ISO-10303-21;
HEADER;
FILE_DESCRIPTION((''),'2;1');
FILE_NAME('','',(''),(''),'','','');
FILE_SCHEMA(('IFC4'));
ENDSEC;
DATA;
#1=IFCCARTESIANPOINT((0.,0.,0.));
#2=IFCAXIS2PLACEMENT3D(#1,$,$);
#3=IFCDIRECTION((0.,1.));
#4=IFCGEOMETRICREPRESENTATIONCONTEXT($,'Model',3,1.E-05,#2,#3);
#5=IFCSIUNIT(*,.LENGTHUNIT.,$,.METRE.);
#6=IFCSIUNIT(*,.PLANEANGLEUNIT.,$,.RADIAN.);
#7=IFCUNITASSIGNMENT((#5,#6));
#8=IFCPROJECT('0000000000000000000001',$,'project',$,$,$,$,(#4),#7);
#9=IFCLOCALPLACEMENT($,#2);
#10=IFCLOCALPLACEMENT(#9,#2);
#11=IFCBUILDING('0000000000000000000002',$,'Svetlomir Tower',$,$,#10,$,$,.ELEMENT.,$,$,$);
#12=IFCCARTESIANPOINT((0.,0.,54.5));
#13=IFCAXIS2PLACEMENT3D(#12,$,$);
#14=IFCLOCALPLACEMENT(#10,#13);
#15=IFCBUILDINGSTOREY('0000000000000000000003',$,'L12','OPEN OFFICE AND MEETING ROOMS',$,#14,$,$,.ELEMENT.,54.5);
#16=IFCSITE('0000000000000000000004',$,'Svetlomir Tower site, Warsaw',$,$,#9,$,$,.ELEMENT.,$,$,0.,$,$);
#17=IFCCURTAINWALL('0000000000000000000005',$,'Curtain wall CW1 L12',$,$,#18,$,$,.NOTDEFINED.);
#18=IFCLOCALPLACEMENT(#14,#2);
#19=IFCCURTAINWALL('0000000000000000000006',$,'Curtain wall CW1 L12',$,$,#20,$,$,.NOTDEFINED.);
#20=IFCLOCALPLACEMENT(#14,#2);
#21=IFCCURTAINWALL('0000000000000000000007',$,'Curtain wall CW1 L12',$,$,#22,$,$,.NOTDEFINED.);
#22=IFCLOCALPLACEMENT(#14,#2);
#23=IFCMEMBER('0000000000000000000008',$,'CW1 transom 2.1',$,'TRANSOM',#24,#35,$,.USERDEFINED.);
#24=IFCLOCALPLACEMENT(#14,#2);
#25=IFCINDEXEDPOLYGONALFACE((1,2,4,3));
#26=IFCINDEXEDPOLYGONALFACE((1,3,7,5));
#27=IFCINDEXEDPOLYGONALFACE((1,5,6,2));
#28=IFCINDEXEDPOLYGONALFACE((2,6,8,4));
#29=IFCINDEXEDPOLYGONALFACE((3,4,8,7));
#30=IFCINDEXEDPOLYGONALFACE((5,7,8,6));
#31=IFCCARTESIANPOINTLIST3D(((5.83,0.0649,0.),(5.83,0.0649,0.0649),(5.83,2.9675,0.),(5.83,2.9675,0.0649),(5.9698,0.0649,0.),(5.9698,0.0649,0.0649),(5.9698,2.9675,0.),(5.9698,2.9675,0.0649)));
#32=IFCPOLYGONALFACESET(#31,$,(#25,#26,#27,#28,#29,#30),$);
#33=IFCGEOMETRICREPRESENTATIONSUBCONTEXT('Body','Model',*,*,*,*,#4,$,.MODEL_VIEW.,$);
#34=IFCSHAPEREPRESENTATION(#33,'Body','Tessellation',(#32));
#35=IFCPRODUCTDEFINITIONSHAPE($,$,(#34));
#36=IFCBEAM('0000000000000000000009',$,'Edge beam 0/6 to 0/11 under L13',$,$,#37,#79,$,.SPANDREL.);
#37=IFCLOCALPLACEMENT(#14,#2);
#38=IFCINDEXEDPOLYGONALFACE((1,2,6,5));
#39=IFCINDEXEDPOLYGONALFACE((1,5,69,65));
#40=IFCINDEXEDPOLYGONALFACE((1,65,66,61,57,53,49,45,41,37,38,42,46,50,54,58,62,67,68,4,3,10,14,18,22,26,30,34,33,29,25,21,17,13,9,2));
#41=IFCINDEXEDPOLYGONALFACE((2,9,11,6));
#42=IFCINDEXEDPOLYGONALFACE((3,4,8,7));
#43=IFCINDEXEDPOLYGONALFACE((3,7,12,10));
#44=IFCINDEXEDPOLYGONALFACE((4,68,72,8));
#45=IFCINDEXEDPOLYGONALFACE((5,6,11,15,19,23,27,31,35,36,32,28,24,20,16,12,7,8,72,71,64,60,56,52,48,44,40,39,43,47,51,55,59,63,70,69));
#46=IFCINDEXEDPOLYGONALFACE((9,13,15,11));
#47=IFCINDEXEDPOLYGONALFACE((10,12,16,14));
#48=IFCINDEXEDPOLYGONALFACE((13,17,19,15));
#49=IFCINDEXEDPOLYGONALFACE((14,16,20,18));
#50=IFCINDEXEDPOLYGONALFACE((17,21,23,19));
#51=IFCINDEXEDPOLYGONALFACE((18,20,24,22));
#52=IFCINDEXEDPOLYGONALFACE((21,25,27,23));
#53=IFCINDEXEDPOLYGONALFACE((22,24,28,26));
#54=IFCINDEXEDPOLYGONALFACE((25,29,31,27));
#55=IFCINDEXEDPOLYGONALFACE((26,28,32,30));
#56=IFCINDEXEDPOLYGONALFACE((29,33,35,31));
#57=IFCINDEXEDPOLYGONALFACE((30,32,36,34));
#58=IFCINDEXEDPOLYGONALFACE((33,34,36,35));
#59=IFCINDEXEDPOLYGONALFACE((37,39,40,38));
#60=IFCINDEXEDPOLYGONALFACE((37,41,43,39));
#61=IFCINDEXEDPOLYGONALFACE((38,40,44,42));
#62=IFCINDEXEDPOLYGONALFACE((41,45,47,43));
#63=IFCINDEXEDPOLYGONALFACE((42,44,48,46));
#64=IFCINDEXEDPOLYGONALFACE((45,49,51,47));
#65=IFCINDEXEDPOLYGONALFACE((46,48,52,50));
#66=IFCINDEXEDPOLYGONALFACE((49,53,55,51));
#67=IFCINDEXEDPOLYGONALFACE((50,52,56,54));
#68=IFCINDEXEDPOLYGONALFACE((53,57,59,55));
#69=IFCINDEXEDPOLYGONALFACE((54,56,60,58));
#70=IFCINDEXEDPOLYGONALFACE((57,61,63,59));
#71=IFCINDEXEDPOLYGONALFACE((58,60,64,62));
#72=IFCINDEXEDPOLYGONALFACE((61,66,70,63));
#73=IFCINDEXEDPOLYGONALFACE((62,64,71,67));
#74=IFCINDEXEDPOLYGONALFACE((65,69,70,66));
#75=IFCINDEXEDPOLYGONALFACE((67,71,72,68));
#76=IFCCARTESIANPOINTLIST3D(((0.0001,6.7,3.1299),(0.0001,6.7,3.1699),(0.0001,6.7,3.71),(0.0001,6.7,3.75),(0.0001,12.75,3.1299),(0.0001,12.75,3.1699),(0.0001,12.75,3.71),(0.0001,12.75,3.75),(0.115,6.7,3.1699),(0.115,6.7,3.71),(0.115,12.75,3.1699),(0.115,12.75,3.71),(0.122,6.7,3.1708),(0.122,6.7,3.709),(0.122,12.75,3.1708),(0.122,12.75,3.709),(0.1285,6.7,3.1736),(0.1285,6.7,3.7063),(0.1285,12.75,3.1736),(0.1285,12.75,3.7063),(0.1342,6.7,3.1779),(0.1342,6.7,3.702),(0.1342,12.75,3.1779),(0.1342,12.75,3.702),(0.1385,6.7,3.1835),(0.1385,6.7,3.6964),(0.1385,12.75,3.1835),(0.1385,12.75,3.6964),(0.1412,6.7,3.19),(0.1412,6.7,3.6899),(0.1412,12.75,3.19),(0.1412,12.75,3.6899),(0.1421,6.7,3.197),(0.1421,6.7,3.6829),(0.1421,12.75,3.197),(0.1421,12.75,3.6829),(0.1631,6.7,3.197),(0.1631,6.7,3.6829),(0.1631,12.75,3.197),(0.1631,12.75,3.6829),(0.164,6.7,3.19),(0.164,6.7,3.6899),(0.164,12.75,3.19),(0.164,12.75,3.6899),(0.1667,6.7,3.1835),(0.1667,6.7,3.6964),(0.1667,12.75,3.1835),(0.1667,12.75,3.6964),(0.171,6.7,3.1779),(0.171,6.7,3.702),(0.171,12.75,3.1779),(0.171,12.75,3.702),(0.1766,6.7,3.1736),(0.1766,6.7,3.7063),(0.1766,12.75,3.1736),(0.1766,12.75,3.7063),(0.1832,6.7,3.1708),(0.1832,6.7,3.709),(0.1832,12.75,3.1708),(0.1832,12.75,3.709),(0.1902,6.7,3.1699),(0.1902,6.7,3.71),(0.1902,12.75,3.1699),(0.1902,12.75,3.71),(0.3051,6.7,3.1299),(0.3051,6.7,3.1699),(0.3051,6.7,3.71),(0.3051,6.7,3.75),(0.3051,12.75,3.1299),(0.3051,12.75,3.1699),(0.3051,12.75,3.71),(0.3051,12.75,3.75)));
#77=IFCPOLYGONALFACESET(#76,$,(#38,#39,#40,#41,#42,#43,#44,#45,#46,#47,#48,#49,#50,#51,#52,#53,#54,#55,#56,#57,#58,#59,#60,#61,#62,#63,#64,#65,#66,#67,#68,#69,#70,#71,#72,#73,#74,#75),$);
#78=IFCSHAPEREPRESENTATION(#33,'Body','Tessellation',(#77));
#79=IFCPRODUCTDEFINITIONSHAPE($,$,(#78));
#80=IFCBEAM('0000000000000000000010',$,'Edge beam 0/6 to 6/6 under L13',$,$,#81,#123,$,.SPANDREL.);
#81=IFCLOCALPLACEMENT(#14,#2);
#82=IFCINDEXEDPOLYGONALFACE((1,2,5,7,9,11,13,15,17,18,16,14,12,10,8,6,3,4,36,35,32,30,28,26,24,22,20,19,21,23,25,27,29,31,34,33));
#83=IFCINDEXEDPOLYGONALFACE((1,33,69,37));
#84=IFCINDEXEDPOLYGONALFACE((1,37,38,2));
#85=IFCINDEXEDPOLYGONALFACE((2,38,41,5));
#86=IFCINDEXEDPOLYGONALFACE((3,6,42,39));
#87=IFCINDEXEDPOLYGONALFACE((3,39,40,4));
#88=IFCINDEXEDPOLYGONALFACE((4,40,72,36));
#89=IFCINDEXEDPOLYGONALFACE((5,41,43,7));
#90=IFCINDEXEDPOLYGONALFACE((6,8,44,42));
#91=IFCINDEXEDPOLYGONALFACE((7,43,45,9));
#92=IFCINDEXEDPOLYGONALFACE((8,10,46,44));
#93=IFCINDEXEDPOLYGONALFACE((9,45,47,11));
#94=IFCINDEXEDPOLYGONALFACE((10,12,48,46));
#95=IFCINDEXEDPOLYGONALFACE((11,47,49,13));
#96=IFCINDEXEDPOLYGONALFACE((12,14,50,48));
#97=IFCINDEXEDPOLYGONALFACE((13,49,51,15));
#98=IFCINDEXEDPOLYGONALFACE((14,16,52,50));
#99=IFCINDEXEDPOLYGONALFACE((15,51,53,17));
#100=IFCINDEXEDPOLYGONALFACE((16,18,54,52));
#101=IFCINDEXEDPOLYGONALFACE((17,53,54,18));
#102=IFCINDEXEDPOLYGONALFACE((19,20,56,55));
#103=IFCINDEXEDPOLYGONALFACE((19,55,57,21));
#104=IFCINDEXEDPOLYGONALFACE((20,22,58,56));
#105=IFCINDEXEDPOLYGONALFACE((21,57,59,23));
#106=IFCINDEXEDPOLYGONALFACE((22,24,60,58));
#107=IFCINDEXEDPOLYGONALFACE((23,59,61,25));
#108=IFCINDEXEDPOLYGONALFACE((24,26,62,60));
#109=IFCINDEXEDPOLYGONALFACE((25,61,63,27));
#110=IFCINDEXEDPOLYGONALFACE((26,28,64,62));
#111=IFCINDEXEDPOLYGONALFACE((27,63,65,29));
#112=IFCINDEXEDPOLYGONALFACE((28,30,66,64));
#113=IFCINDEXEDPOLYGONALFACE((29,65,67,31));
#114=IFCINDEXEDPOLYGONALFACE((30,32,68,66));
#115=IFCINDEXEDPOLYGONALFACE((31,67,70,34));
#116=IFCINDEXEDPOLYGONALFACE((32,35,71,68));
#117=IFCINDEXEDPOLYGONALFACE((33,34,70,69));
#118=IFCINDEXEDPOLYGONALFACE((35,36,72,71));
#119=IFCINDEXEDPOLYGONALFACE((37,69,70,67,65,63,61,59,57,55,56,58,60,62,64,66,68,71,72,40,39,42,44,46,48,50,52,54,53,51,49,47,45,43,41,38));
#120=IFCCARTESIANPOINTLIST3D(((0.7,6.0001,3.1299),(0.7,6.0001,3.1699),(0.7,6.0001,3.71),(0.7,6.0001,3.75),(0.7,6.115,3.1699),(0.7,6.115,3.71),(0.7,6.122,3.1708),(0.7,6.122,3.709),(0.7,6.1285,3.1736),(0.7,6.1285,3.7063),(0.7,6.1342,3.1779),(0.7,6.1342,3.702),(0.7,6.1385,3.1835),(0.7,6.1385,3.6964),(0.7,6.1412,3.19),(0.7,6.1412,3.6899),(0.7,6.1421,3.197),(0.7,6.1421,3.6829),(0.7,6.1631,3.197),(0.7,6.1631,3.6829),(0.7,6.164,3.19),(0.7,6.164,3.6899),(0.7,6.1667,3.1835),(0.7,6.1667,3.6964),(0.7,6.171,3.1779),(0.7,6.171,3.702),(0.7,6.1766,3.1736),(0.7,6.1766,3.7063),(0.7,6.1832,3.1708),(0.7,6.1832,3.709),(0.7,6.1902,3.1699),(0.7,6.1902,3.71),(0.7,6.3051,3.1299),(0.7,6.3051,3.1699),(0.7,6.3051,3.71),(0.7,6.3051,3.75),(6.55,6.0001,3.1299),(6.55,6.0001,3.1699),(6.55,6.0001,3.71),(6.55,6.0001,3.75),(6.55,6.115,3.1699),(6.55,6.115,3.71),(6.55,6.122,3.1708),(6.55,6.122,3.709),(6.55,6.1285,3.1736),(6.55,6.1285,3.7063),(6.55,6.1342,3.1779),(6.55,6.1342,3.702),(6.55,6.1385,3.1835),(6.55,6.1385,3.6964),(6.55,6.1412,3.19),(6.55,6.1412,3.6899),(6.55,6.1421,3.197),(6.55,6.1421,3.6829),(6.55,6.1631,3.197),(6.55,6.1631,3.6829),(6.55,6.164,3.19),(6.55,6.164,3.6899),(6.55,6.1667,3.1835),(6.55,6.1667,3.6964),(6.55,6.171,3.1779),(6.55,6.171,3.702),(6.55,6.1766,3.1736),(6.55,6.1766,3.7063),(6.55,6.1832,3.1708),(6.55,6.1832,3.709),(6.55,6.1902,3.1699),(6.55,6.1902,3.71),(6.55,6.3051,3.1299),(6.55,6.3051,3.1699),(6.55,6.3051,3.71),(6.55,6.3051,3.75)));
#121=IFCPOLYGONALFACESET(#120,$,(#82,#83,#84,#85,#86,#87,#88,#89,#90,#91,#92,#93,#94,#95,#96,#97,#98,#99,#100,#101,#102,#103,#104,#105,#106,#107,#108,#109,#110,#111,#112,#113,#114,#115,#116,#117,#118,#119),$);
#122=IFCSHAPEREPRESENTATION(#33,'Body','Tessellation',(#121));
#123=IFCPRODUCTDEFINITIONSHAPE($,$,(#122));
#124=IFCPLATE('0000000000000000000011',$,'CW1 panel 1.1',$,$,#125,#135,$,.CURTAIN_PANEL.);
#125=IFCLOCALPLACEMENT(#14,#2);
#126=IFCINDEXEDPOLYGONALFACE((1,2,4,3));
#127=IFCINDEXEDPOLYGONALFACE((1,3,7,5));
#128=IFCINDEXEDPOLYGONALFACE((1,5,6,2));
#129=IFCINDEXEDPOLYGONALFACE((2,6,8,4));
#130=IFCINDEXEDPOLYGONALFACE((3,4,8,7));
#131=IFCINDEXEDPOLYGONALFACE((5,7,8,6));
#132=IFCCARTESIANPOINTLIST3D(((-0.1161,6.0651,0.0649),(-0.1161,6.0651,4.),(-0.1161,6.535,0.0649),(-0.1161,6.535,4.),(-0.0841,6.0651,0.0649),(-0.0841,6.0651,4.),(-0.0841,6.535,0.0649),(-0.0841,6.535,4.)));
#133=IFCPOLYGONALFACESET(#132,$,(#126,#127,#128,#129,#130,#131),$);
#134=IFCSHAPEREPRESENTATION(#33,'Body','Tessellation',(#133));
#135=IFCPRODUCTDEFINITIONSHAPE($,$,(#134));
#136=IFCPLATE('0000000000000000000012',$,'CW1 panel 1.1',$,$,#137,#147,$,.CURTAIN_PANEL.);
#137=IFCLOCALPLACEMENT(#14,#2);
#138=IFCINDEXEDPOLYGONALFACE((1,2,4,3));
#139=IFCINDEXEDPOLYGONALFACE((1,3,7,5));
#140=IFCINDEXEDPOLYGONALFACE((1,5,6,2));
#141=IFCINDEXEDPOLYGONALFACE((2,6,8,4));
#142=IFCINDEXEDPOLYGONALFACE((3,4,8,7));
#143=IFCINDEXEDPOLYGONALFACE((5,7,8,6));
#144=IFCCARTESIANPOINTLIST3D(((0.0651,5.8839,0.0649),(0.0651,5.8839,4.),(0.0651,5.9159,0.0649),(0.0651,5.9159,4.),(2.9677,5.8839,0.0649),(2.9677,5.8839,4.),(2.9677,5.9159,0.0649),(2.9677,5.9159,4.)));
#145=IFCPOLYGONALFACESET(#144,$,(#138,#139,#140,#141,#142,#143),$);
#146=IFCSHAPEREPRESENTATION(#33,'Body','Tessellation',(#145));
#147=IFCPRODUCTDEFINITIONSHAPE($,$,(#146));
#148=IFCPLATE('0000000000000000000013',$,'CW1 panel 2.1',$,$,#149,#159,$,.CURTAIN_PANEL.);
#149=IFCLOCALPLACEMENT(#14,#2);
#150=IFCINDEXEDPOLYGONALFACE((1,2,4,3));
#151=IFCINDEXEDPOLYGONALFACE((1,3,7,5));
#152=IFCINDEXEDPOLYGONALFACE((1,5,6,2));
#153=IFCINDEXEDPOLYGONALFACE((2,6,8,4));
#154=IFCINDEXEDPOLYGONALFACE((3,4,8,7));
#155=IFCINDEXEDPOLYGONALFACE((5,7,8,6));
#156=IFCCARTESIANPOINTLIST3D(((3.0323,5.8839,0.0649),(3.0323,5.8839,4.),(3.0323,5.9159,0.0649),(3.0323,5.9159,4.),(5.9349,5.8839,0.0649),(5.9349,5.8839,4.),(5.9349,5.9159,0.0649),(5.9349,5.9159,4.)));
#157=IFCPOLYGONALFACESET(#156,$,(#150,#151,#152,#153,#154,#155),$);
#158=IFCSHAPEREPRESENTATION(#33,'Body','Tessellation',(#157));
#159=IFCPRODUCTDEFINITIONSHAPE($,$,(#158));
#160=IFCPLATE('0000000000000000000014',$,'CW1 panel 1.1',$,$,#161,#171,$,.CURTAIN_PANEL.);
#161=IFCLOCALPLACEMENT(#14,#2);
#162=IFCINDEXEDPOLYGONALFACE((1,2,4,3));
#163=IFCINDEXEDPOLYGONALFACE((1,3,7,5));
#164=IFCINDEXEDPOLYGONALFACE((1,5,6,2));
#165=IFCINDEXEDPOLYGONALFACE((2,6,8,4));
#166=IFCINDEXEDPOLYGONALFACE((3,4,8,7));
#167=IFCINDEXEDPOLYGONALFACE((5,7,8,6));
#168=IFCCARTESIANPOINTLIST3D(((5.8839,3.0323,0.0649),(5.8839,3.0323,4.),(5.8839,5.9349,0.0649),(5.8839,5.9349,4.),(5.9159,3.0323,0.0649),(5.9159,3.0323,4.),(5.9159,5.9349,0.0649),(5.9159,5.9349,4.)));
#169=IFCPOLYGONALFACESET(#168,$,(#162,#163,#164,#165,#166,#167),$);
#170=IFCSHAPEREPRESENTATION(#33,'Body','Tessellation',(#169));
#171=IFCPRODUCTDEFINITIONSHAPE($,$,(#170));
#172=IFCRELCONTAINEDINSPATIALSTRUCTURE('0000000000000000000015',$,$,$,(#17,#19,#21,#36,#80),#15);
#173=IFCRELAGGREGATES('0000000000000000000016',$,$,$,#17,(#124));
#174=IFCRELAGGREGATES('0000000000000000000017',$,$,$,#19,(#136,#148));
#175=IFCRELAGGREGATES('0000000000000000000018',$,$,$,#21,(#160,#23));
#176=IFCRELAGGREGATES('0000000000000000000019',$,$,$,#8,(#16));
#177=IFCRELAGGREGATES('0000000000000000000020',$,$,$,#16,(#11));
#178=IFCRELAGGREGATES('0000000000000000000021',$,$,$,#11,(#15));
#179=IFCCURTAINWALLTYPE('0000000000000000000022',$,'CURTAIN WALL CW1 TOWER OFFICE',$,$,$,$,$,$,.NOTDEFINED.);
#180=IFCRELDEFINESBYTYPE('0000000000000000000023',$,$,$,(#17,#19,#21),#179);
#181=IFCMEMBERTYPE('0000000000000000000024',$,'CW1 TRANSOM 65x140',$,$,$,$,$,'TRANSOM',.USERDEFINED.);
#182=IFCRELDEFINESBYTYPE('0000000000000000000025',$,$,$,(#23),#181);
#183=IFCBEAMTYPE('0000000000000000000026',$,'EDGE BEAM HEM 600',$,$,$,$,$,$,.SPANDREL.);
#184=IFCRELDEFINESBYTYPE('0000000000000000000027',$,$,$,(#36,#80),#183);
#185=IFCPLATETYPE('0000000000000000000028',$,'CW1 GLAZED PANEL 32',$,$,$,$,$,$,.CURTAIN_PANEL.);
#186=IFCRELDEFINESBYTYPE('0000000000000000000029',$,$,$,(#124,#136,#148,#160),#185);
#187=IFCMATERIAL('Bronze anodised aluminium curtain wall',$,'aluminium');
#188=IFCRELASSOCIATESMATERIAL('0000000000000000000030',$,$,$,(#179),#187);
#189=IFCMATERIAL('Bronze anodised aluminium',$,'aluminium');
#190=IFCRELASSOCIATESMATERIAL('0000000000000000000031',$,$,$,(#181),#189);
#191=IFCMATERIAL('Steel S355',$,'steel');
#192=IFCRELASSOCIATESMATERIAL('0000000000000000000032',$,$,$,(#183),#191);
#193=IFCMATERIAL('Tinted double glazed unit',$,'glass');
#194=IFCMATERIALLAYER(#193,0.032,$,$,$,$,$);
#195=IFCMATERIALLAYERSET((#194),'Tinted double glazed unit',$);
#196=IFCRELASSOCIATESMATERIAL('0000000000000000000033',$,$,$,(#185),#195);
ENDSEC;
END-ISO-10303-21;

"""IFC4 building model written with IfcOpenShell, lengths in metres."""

from ifc_helpers import new_model, si_unit, direction, frame, origin, origin_2d, place, context, subcontext, project, spatial, rectangle, i_section, extrude, material, layer, layer_set, material_profile, profile_set, type_object, element, aggregate, save


model = new_model("IFC4")

# Units and contexts
model_context = context("Model", 3, precision=1e-05, world=origin(), true_north=direction((0.0, 1.0)))
body_context = subcontext(model_context, "Body", "Model", "MODEL_VIEW")
ifc_project = project(units=[si_unit("LENGTHUNIT", "METRE"), si_unit("PLANEANGLEUNIT", "RADIAN")], contexts=[model_context])

# Site, building, storey
site_placement = place(None, origin())
site = spatial("IfcSite", under=ifc_project, at=site_placement, Name="Svetlomir Tower site, Warsaw", CompositionType="ELEMENT", RefElevation=0.0)
building_placement = place(site_placement, origin())
building = spatial("IfcBuilding", under=site, at=building_placement, Name="Svetlomir Tower", CompositionType="ELEMENT")
storey_placement = place(building_placement, frame((0.0, 0.0, 54.5)))
storey = spatial("IfcBuildingStorey", under=building, at=storey_placement, Name="L12", Description="OPEN OFFICE AND MEETING ROOMS", CompositionType="ELEMENT", Elevation=54.5)

# Curtain walls
ifc_material_1 = material(Name="Bronze anodised aluminium curtain wall", Category="aluminium")
curtain_wall_type = type_object("IfcCurtainWallType", Name="CURTAIN WALL CW1 TOWER OFFICE", PredefinedType="NOTDEFINED", material=ifc_material_1)
curtain_wall_1_placement = place(storey_placement, origin())
curtain_wall_1 = element("IfcCurtainWall", 1, at=curtain_wall_1_placement, inside=storey, type_object=curtain_wall_type, Name="Curtain wall CW1 L12", PredefinedType="NOTDEFINED")
curtain_wall_2_placement = place(storey_placement, origin())
curtain_wall_2 = element("IfcCurtainWall", 2, at=curtain_wall_2_placement, inside=storey, type_object=curtain_wall_type, Name="Curtain wall CW1 L12", PredefinedType="NOTDEFINED")
curtain_wall_3_placement = place(storey_placement, origin())
curtain_wall_3 = element("IfcCurtainWall", 3, at=curtain_wall_3_placement, inside=storey, type_object=curtain_wall_type, Name="Curtain wall CW1 L12", PredefinedType="NOTDEFINED")

# Member
ifc_material_2 = material(Name="Bronze anodised aluminium", Category="aluminium")
ifc_material_profile_1 = material_profile(ifc_material_2, rectangle(XDim=0.1399, YDim=0.0649, at=origin_2d()), Name="AL 140x65")
ifc_profile_set_1 = profile_set([ifc_material_profile_1], Name="Bronze anodised aluminium 6063-T6")
member_type_1 = type_object("IfcMemberType", Name="CW1 TRANSOM 65x140", ElementType="TRANSOM", PredefinedType="USERDEFINED", material=ifc_profile_set_1)
member_1_placement = place(storey_placement, frame((5.8999, 2.9675, 0.0325), z_axis=(0.0, -1.0, 0.0), x_axis=(1.0, 0.0, 0.0)))
member_1 = element("IfcMember", 4, at=member_1_placement, type_object=member_type_1, Name="CW1 transom 2.1", ObjectType="TRANSOM", PredefinedType="USERDEFINED", context=body_context, shape_type="SweptSolid", body=[
    extrude(rectangle(XDim=0.1399, YDim=0.0649, at=origin_2d()), origin(), (0.0, 0.0, 1.0), 2.9026),
])

# Beams
ifc_material_3 = material(Name="Steel S355", Category="steel")
ifc_material_profile_2 = material_profile(ifc_material_3, i_section(OverallWidth=0.3049, OverallDepth=0.6201, WebThickness=0.021, FlangeThickness=0.04, FilletRadius=0.0271, at=origin_2d()), Name="HEM 600")
ifc_profile_set_2 = profile_set([ifc_material_profile_2], Name="Steel S355")
beam_type_1 = type_object("IfcBeamType", Name="EDGE BEAM HEM 600", PredefinedType="SPANDREL", material=ifc_profile_set_2)
beam_1_placement = place(storey_placement, frame((0.1526, 6.7, 3.4399), z_axis=(0.0, 1.0, 0.0), x_axis=(-1.0, 0.0, 0.0)))
element("IfcBeam", 5, at=beam_1_placement, inside=storey, type_object=beam_type_1, Name="Edge beam 0/6 to 0/11 under L13", PredefinedType="SPANDREL", context=body_context, shape_type="SweptSolid", body=[
    extrude(i_section(OverallWidth=0.3049, OverallDepth=0.6201, WebThickness=0.021, FlangeThickness=0.04, FilletRadius=0.0271, at=origin_2d()), origin(), (0.0, 0.0, 1.0), 6.05),
])
beam_2_placement = place(storey_placement, frame((0.7, 6.1526, 3.4399), z_axis=(1.0, 0.0, 0.0), x_axis=(0.0, 1.0, 0.0)))
element("IfcBeam", 6, at=beam_2_placement, inside=storey, type_object=beam_type_1, Name="Edge beam 0/6 to 6/6 under L13", PredefinedType="SPANDREL", context=body_context, shape_type="SweptSolid", body=[
    extrude(i_section(OverallWidth=0.3049, OverallDepth=0.6201, WebThickness=0.021, FlangeThickness=0.04, FilletRadius=0.0271, at=origin_2d()), origin(), (0.0, 0.0, 1.0), 5.8501),
])

# Plates
ifc_material_4 = material(Name="Tinted double glazed unit", Category="glass")
ifc_layer_1 = layer(ifc_material_4, 0.032)
ifc_layer_set_1 = layer_set([ifc_layer_1], Name="Tinted double glazed unit")
plate_type = type_object("IfcPlateType", Name="CW1 GLAZED PANEL 32", PredefinedType="CURTAIN_PANEL", material=ifc_layer_set_1)
plate_1_placement = place(storey_placement, frame((-0.1001, 6.3, 0.0649), z_axis=(0.0, 0.0, 1.0), x_axis=(0.0, -1.0, 0.0)))
plate_1 = element("IfcPlate", 7, at=plate_1_placement, type_object=plate_type, Name="CW1 panel 1.1", PredefinedType="CURTAIN_PANEL", context=body_context, shape_type="SweptSolid", body=[
    extrude(rectangle(XDim=0.47, YDim=0.032, at=origin_2d()), origin(), (0.0, 0.0, 1.0), 3.9351),
])
aggregate(curtain_wall_1, [plate_1])
plate_2_placement = place(storey_placement, frame((1.5164, 5.8999, 0.0649), z_axis=(0.0, 0.0, 1.0), x_axis=(1.0, 0.0, 0.0)))
plate_2 = element("IfcPlate", 8, at=plate_2_placement, type_object=plate_type, Name="CW1 panel 1.1", PredefinedType="CURTAIN_PANEL", context=body_context, shape_type="SweptSolid", body=[
    extrude(rectangle(XDim=2.9026, YDim=0.032, at=origin_2d()), origin(), (0.0, 0.0, 1.0), 3.9351),
])
plate_3_placement = place(storey_placement, frame((4.4836, 5.8999, 0.0649), z_axis=(0.0, 0.0, 1.0), x_axis=(1.0, 0.0, 0.0)))
plate_3 = element("IfcPlate", 9, at=plate_3_placement, type_object=plate_type, Name="CW1 panel 2.1", PredefinedType="CURTAIN_PANEL", context=body_context, shape_type="SweptSolid", body=[
    extrude(rectangle(XDim=2.9026, YDim=0.032, at=origin_2d()), origin(), (0.0, 0.0, 1.0), 3.9351),
])
aggregate(curtain_wall_2, [plate_2, plate_3])
plate_4_placement = place(storey_placement, frame((5.8999, 4.4836, 0.0649), z_axis=(0.0, 0.0, 1.0), x_axis=(0.0, -1.0, 0.0)))
plate_4 = element("IfcPlate", 10, at=plate_4_placement, type_object=plate_type, Name="CW1 panel 1.1", PredefinedType="CURTAIN_PANEL", context=body_context, shape_type="SweptSolid", body=[
    extrude(rectangle(XDim=2.9026, YDim=0.032, at=origin_2d()), origin(), (0.0, 0.0, 1.0), 3.9351),
])
aggregate(curtain_wall_3, [plate_4, member_1])

save(model, "model.ifc")
